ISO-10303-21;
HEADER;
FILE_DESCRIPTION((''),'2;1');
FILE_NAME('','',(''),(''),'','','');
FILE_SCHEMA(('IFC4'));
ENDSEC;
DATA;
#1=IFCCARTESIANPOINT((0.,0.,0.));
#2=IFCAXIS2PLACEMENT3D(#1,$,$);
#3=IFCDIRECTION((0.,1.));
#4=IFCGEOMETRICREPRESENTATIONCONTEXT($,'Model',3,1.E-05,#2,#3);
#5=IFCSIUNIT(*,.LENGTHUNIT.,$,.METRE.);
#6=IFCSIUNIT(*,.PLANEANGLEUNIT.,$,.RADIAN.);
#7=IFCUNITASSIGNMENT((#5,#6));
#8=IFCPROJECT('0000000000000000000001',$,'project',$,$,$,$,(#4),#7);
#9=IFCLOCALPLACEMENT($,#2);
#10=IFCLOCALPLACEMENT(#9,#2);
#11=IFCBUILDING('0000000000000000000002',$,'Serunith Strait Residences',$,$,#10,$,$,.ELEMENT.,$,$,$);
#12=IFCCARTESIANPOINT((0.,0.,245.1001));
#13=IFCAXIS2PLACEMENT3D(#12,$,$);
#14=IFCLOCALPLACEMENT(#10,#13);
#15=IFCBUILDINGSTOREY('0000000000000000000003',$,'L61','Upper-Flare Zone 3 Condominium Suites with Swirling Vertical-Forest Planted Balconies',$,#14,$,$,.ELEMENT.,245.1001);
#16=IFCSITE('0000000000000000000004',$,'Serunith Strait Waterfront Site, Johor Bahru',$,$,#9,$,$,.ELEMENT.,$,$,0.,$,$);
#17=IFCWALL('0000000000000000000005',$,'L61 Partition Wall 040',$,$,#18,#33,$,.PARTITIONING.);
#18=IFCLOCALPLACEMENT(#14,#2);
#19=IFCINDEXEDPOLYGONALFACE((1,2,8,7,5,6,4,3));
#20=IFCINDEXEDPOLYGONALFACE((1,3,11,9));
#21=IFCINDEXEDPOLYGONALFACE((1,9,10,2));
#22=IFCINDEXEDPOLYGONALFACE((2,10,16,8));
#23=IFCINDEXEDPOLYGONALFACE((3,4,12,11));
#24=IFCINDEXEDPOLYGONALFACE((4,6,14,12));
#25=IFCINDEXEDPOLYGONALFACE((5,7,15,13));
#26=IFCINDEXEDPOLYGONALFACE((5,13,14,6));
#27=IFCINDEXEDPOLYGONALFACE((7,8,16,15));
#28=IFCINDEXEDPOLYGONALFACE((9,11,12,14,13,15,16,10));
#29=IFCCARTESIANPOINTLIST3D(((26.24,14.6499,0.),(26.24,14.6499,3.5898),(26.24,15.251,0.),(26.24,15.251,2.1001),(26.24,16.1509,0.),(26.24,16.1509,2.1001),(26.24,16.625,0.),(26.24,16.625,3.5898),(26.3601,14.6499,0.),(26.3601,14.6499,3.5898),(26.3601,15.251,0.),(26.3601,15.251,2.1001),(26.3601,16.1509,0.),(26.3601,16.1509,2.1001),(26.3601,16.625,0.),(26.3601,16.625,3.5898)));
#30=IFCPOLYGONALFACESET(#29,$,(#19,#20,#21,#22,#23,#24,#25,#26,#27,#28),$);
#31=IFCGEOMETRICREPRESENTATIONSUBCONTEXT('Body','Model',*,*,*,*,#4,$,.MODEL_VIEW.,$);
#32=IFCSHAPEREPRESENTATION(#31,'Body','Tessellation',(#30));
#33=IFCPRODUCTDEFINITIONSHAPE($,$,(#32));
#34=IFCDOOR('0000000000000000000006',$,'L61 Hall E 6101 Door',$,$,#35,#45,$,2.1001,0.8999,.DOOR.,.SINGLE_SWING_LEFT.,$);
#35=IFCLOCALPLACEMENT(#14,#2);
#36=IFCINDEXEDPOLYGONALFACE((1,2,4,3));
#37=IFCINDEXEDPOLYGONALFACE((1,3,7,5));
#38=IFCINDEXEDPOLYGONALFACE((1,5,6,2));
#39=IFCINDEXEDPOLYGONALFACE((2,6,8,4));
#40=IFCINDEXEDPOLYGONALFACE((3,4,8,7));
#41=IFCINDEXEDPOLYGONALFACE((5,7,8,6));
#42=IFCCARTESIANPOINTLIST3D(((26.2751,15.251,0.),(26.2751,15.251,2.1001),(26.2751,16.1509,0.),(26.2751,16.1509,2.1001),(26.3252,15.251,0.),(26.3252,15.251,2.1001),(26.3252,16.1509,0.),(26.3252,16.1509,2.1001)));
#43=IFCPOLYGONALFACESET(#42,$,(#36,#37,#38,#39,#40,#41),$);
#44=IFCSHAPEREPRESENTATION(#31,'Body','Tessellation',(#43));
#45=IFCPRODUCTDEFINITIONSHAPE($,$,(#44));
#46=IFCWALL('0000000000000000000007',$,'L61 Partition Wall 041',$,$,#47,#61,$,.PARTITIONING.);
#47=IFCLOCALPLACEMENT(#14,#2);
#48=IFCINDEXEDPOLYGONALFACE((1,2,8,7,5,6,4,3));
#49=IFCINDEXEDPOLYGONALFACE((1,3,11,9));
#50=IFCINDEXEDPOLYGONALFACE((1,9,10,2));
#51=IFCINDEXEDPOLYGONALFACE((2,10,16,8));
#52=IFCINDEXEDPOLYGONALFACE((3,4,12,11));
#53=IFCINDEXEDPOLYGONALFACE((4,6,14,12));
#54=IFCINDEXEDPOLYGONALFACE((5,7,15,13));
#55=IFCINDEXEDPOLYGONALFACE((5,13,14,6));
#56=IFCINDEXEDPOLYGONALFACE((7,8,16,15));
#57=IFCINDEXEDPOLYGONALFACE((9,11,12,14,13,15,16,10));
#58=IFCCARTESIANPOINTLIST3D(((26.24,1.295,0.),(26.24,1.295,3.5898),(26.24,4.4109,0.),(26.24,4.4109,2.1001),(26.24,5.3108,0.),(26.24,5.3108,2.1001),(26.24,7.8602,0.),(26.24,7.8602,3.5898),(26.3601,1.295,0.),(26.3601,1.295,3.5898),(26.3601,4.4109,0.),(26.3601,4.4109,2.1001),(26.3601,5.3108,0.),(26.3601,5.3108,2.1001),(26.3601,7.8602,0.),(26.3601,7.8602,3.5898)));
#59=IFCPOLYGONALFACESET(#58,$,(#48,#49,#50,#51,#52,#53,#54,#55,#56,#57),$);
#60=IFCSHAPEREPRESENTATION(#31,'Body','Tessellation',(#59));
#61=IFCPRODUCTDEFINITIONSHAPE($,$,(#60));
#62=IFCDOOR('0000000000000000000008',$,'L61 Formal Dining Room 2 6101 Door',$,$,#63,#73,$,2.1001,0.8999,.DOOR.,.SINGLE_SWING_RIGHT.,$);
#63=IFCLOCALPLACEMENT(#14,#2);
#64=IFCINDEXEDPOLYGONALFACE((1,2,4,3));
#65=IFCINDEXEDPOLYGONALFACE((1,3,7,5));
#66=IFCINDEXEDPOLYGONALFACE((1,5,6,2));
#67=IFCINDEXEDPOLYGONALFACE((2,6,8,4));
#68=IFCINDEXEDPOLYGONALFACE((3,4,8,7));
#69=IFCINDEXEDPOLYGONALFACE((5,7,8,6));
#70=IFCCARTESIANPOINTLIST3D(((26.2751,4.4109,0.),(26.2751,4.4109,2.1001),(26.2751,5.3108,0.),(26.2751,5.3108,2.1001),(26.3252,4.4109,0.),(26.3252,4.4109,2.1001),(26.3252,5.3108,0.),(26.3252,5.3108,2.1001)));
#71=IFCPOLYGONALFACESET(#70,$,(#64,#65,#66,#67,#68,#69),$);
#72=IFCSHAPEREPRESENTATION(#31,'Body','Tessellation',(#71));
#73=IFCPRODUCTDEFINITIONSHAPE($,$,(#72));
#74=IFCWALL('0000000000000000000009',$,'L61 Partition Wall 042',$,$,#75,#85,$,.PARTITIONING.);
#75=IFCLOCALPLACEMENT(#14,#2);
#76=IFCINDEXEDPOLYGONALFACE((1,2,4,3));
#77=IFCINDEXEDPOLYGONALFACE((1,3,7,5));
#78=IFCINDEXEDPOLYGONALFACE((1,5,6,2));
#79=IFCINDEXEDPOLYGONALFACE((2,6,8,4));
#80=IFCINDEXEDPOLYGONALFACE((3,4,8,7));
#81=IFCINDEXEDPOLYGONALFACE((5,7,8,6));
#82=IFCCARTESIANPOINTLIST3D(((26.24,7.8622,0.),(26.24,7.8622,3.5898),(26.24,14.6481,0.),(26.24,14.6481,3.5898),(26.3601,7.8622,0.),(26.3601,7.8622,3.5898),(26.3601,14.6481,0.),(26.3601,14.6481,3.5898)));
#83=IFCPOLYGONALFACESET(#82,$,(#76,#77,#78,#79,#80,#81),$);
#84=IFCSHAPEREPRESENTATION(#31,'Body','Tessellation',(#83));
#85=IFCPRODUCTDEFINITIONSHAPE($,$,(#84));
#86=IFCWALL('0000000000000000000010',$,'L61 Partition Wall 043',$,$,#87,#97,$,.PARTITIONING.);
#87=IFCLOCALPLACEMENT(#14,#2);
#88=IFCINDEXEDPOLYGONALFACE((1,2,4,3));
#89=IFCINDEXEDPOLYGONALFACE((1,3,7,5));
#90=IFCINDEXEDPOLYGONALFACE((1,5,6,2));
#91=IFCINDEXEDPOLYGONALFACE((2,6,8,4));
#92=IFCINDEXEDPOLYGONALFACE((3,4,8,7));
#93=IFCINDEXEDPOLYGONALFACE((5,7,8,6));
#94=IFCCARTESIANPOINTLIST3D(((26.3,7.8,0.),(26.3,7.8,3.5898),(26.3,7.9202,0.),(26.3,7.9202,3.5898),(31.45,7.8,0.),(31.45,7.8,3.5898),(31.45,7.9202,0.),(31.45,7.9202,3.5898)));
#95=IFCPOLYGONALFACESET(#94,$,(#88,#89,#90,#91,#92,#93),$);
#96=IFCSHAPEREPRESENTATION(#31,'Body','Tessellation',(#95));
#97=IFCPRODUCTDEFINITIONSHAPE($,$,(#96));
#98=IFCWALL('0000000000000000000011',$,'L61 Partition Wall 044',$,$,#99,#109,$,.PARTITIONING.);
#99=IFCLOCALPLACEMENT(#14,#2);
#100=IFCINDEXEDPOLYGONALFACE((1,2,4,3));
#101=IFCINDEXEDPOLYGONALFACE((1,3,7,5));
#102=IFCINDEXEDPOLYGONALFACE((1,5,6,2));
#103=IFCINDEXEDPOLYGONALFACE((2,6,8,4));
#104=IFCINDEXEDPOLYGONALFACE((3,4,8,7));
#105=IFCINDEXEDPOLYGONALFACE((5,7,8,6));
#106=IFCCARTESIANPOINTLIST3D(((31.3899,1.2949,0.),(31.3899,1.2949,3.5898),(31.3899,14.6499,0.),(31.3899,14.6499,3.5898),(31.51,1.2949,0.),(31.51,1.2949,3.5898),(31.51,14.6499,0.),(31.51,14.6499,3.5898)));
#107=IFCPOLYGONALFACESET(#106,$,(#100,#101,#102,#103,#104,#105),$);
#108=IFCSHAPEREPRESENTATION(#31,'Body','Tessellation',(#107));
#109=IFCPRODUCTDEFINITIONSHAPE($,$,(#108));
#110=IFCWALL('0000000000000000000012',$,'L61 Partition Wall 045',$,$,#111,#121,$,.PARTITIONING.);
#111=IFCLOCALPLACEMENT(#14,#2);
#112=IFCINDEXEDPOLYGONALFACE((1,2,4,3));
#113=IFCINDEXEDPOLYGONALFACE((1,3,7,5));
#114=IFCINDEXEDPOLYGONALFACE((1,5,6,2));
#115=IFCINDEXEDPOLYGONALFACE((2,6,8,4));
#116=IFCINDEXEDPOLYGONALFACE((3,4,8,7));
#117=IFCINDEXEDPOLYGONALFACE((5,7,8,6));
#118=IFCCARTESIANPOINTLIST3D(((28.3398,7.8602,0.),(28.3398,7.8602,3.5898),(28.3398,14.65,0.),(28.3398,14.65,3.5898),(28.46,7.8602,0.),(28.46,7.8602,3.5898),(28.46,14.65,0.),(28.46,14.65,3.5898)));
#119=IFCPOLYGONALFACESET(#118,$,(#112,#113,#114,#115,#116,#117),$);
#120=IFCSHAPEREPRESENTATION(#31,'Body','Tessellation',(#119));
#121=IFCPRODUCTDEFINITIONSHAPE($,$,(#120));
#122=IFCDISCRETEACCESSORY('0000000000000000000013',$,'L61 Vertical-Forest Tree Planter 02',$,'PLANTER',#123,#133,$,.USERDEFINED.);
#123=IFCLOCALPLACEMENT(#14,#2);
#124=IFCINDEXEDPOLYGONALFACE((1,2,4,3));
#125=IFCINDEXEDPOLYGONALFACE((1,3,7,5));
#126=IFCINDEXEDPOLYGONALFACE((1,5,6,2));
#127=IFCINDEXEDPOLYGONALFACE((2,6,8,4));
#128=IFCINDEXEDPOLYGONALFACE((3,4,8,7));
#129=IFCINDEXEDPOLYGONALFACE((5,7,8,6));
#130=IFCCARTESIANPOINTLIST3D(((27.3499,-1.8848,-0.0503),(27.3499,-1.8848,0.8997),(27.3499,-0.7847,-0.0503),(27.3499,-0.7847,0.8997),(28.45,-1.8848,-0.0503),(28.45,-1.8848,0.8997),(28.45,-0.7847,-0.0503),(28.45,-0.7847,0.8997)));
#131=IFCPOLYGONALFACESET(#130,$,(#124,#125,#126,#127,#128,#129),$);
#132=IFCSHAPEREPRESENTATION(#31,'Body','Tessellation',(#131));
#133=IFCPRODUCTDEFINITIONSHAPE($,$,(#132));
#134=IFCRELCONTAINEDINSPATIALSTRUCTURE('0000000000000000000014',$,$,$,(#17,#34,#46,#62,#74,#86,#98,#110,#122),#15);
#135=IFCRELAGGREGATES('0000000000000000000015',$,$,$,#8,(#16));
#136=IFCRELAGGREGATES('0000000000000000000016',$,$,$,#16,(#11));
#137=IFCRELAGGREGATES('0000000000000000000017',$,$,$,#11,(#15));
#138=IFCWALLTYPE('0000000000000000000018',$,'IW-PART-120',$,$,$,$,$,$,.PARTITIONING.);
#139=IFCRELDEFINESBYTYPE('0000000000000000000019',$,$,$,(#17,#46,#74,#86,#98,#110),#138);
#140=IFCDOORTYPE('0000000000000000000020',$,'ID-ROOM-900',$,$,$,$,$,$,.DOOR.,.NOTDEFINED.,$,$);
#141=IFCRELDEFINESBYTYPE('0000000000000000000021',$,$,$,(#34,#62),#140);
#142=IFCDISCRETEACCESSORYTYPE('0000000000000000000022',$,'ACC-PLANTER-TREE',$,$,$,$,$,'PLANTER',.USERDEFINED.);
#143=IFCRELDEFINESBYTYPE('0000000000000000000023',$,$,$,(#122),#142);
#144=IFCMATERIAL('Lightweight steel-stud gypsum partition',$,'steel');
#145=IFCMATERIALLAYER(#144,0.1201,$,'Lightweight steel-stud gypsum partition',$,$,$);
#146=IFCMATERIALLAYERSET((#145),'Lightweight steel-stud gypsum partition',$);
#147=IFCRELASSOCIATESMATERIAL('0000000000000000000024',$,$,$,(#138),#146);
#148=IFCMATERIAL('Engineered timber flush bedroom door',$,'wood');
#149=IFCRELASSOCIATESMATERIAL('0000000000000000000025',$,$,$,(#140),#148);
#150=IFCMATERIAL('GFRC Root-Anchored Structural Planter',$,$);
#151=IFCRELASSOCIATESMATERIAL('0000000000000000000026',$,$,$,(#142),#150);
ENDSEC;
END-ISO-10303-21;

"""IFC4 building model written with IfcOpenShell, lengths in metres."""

from ifc_helpers import new_model, si_unit, direction, frame, frame_2d, origin, origin_2d, place, context, subcontext, project, spatial, rectangle, extrude, source, transform, mapped, material, layer, layer_set, type_object, element, fill, save


model = new_model("IFC4")

# Units and contexts
model_context = context("Model", 3, precision=1e-05, world=origin(), true_north=direction((0.0, 1.0)))
body_context = subcontext(model_context, "Body", "Model", "MODEL_VIEW")
ifc_project = project(units=[si_unit("LENGTHUNIT", "METRE"), si_unit("PLANEANGLEUNIT", "RADIAN")], contexts=[model_context])

# Site, building, storey
site_placement = place(None, origin())
site = spatial("IfcSite", under=ifc_project, at=site_placement, Name="Serunith Strait Waterfront Site, Johor Bahru", CompositionType="ELEMENT", RefElevation=0.0)
building_placement = place(site_placement, origin())
building = spatial("IfcBuilding", under=site, at=building_placement, Name="Serunith Strait Residences", CompositionType="ELEMENT")
storey_placement = place(building_placement, frame((0.0, 0.0, 245.1001)))
storey = spatial("IfcBuildingStorey", under=building, at=storey_placement, Name="L61", Description="Upper-Flare Zone 3 Condominium Suites with Swirling Vertical-Forest Planted Balconies", CompositionType="ELEMENT", Elevation=245.1001)

# Shared definitions
ifc_material_1 = material(Name="Lightweight steel-stud gypsum partition", Category="steel")
ifc_layer_1 = layer(ifc_material_1, 0.1201, Name="Lightweight steel-stud gypsum partition")
ifc_layer_set_1 = layer_set([ifc_layer_1], Name="Lightweight steel-stud gypsum partition")
wall_type = type_object("IfcWallType", Name="IW-PART-120", PredefinedType="PARTITIONING", material=ifc_layer_set_1)

# Walls, openings, doors
wall_1_placement = place(storey_placement, frame((26.3, 14.6499, 0.0), z_axis=(0.0, 0.0, 1.0), x_axis=(0.0, 1.0, 0.0)))
wall_1 = element("IfcWall", 1, at=wall_1_placement, inside=storey, type_object=wall_type, Name="L61 Partition Wall 040", PredefinedType="PARTITIONING", context=body_context, shape_type="SweptSolid", body=[
    extrude(rectangle(XDim=1.9751, YDim=0.1201, at=frame_2d((0.9875, 0.0))), origin(), (0.0, 0.0, 1.0), 3.5898),
])
opening_1_placement = place(wall_1_placement, frame((0.6011, 0.0, 0.0)))
opening_1 = element("IfcOpeningElement", 2, at=opening_1_placement, cuts=wall_1, PredefinedType="OPENING", context=body_context, shape_type="SweptSolid", body=[
    extrude(rectangle(XDim=0.8999, YDim=2.1001, at=frame_2d((0.45, 1.05))), frame((0.0, 0.0701, 0.0), z_axis=(0.0, -1.0, 0.0), x_axis=(1.0, 0.0, 0.0)), (0.0, 0.0, 1.0), 0.1401),
])
ifc_material_2 = material(Name="Engineered timber flush bedroom door", Category="wood")
door_type = type_object("IfcDoorType", Name="ID-ROOM-900", OperationType="NOTDEFINED", PredefinedType="DOOR", material=ifc_material_2)
shared_shape_1 = source(origin(), body_context, "Body", "SweptSolid", [
    extrude(rectangle(XDim=0.8999, YDim=2.1001, at=frame_2d((0.45, 1.05))), frame((0.0, 0.0249, 0.0), z_axis=(0.0, -1.0, 0.0), x_axis=(1.0, 0.0, 0.0)), (0.0, 0.0, 1.0), 0.05),
])
door_1_placement = place(opening_1_placement, origin())
door_1 = element("IfcDoor", 3, at=door_1_placement, inside=storey, type_object=door_type, Name="L61 Hall E 6101 Door", OperationType="SINGLE_SWING_LEFT", OverallHeight=2.1001, OverallWidth=0.8999, PredefinedType="DOOR", context=body_context, shape_type="MappedRepresentation", body=[
    mapped(shared_shape_1, transform((0.0, 0.0, 0.0), scale=1.0)),
])
fill(opening_1, door_1)
wall_2_placement = place(storey_placement, frame((26.3, 1.2949, 0.0), z_axis=(0.0, 0.0, 1.0), x_axis=(0.0, 1.0, 0.0)))
wall_2 = element("IfcWall", 4, at=wall_2_placement, inside=storey, type_object=wall_type, Name="L61 Partition Wall 041", PredefinedType="PARTITIONING", context=body_context, shape_type="SweptSolid", body=[
    extrude(rectangle(XDim=6.5652, YDim=0.1201, at=frame_2d((3.2827, 0.0))), origin(), (0.0, 0.0, 1.0), 3.5898),
])
opening_2_placement = place(wall_2_placement, frame((3.116, 0.0, 0.0)))
opening_2 = element("IfcOpeningElement", 5, at=opening_2_placement, cuts=wall_2, PredefinedType="OPENING", context=body_context, shape_type="SweptSolid", body=[
    extrude(rectangle(XDim=0.8999, YDim=2.1001, at=frame_2d((0.45, 1.05))), frame((0.0, 0.0701, 0.0), z_axis=(0.0, -1.0, 0.0), x_axis=(1.0, 0.0, 0.0)), (0.0, 0.0, 1.0), 0.1401),
])
door_2_placement = place(opening_2_placement, origin())
door_2 = element("IfcDoor", 6, at=door_2_placement, inside=storey, type_object=door_type, Name="L61 Formal Dining Room 2 6101 Door", OperationType="SINGLE_SWING_RIGHT", OverallHeight=2.1001, OverallWidth=0.8999, PredefinedType="DOOR", context=body_context, shape_type="MappedRepresentation", body=[
    mapped(shared_shape_1, transform((0.0, 0.0, 0.0), scale=1.0)),
])
fill(opening_2, door_2)

# Walls
wall_3_placement = place(storey_placement, frame((26.3, 7.8621, 0.0), z_axis=(0.0, 0.0, 1.0), x_axis=(0.0, 1.0, 0.0)))
element("IfcWall", 7, at=wall_3_placement, inside=storey, type_object=wall_type, Name="L61 Partition Wall 042", PredefinedType="PARTITIONING", context=body_context, shape_type="SweptSolid", body=[
    extrude(rectangle(XDim=6.7859, YDim=0.1201, at=frame_2d((3.3931, 0.0))), origin(), (0.0, 0.0, 1.0), 3.5898),
])
wall_4_placement = place(storey_placement, frame((26.3, 7.8601, 0.0), z_axis=(0.0, 0.0, 1.0), x_axis=(1.0, 0.0, 0.0)))
element("IfcWall", 8, at=wall_4_placement, inside=storey, type_object=wall_type, Name="L61 Partition Wall 043", PredefinedType="PARTITIONING", context=body_context, shape_type="SweptSolid", body=[
    extrude(rectangle(XDim=5.1499, YDim=0.1201, at=frame_2d((2.575, 0.0))), origin(), (0.0, 0.0, 1.0), 3.5898),
])
wall_5_placement = place(storey_placement, frame((31.45, 1.2949, 0.0), z_axis=(0.0, 0.0, 1.0), x_axis=(0.0, 1.0, 0.0)))
element("IfcWall", 9, at=wall_5_placement, inside=storey, type_object=wall_type, Name="L61 Partition Wall 044", PredefinedType="PARTITIONING", context=body_context, shape_type="SweptSolid", body=[
    extrude(rectangle(XDim=13.355, YDim=0.1201, at=frame_2d((6.6775, 0.0))), origin(), (0.0, 0.0, 1.0), 3.5898),
])
wall_6_placement = place(storey_placement, frame((28.3999, 7.8601, 0.0), z_axis=(0.0, 0.0, 1.0), x_axis=(0.0, 1.0, 0.0)))
element("IfcWall", 10, at=wall_6_placement, inside=storey, type_object=wall_type, Name="L61 Partition Wall 045", PredefinedType="PARTITIONING", context=body_context, shape_type="SweptSolid", body=[
    extrude(rectangle(XDim=6.7898, YDim=0.1201, at=frame_2d((3.395, 0.0))), origin(), (0.0, 0.0, 1.0), 3.5898),
])

# Discrete accessory
ifc_material_3 = material(Name="GFRC Root-Anchored Structural Planter")
discrete_accessory_type = type_object("IfcDiscreteAccessoryType", Name="ACC-PLANTER-TREE", ElementType="PLANTER", PredefinedType="USERDEFINED", material=ifc_material_3)
shared_shape_2 = source(origin(), body_context, "Body", "SweptSolid", [
    extrude(rectangle(XDim=1.1001, YDim=1.1001, at=origin_2d()), origin(), (0.0, 0.0, 1.0), 0.95),
])
discrete_accessory_placement = place(storey_placement, frame((27.8999, -1.3347, -0.0503), z_axis=(0.0, 0.0, 1.0), x_axis=(1.0, 0.0, 0.0)))
element("IfcDiscreteAccessory", 11, at=discrete_accessory_placement, inside=storey, type_object=discrete_accessory_type, Name="L61 Vertical-Forest Tree Planter 02", ObjectType="PLANTER", PredefinedType="USERDEFINED", context=body_context, shape_type="MappedRepresentation", body=[
    mapped(shared_shape_2, transform((0.0, 0.0, 0.0), scale=1.0)),
])

save(model, "model.ifc")
